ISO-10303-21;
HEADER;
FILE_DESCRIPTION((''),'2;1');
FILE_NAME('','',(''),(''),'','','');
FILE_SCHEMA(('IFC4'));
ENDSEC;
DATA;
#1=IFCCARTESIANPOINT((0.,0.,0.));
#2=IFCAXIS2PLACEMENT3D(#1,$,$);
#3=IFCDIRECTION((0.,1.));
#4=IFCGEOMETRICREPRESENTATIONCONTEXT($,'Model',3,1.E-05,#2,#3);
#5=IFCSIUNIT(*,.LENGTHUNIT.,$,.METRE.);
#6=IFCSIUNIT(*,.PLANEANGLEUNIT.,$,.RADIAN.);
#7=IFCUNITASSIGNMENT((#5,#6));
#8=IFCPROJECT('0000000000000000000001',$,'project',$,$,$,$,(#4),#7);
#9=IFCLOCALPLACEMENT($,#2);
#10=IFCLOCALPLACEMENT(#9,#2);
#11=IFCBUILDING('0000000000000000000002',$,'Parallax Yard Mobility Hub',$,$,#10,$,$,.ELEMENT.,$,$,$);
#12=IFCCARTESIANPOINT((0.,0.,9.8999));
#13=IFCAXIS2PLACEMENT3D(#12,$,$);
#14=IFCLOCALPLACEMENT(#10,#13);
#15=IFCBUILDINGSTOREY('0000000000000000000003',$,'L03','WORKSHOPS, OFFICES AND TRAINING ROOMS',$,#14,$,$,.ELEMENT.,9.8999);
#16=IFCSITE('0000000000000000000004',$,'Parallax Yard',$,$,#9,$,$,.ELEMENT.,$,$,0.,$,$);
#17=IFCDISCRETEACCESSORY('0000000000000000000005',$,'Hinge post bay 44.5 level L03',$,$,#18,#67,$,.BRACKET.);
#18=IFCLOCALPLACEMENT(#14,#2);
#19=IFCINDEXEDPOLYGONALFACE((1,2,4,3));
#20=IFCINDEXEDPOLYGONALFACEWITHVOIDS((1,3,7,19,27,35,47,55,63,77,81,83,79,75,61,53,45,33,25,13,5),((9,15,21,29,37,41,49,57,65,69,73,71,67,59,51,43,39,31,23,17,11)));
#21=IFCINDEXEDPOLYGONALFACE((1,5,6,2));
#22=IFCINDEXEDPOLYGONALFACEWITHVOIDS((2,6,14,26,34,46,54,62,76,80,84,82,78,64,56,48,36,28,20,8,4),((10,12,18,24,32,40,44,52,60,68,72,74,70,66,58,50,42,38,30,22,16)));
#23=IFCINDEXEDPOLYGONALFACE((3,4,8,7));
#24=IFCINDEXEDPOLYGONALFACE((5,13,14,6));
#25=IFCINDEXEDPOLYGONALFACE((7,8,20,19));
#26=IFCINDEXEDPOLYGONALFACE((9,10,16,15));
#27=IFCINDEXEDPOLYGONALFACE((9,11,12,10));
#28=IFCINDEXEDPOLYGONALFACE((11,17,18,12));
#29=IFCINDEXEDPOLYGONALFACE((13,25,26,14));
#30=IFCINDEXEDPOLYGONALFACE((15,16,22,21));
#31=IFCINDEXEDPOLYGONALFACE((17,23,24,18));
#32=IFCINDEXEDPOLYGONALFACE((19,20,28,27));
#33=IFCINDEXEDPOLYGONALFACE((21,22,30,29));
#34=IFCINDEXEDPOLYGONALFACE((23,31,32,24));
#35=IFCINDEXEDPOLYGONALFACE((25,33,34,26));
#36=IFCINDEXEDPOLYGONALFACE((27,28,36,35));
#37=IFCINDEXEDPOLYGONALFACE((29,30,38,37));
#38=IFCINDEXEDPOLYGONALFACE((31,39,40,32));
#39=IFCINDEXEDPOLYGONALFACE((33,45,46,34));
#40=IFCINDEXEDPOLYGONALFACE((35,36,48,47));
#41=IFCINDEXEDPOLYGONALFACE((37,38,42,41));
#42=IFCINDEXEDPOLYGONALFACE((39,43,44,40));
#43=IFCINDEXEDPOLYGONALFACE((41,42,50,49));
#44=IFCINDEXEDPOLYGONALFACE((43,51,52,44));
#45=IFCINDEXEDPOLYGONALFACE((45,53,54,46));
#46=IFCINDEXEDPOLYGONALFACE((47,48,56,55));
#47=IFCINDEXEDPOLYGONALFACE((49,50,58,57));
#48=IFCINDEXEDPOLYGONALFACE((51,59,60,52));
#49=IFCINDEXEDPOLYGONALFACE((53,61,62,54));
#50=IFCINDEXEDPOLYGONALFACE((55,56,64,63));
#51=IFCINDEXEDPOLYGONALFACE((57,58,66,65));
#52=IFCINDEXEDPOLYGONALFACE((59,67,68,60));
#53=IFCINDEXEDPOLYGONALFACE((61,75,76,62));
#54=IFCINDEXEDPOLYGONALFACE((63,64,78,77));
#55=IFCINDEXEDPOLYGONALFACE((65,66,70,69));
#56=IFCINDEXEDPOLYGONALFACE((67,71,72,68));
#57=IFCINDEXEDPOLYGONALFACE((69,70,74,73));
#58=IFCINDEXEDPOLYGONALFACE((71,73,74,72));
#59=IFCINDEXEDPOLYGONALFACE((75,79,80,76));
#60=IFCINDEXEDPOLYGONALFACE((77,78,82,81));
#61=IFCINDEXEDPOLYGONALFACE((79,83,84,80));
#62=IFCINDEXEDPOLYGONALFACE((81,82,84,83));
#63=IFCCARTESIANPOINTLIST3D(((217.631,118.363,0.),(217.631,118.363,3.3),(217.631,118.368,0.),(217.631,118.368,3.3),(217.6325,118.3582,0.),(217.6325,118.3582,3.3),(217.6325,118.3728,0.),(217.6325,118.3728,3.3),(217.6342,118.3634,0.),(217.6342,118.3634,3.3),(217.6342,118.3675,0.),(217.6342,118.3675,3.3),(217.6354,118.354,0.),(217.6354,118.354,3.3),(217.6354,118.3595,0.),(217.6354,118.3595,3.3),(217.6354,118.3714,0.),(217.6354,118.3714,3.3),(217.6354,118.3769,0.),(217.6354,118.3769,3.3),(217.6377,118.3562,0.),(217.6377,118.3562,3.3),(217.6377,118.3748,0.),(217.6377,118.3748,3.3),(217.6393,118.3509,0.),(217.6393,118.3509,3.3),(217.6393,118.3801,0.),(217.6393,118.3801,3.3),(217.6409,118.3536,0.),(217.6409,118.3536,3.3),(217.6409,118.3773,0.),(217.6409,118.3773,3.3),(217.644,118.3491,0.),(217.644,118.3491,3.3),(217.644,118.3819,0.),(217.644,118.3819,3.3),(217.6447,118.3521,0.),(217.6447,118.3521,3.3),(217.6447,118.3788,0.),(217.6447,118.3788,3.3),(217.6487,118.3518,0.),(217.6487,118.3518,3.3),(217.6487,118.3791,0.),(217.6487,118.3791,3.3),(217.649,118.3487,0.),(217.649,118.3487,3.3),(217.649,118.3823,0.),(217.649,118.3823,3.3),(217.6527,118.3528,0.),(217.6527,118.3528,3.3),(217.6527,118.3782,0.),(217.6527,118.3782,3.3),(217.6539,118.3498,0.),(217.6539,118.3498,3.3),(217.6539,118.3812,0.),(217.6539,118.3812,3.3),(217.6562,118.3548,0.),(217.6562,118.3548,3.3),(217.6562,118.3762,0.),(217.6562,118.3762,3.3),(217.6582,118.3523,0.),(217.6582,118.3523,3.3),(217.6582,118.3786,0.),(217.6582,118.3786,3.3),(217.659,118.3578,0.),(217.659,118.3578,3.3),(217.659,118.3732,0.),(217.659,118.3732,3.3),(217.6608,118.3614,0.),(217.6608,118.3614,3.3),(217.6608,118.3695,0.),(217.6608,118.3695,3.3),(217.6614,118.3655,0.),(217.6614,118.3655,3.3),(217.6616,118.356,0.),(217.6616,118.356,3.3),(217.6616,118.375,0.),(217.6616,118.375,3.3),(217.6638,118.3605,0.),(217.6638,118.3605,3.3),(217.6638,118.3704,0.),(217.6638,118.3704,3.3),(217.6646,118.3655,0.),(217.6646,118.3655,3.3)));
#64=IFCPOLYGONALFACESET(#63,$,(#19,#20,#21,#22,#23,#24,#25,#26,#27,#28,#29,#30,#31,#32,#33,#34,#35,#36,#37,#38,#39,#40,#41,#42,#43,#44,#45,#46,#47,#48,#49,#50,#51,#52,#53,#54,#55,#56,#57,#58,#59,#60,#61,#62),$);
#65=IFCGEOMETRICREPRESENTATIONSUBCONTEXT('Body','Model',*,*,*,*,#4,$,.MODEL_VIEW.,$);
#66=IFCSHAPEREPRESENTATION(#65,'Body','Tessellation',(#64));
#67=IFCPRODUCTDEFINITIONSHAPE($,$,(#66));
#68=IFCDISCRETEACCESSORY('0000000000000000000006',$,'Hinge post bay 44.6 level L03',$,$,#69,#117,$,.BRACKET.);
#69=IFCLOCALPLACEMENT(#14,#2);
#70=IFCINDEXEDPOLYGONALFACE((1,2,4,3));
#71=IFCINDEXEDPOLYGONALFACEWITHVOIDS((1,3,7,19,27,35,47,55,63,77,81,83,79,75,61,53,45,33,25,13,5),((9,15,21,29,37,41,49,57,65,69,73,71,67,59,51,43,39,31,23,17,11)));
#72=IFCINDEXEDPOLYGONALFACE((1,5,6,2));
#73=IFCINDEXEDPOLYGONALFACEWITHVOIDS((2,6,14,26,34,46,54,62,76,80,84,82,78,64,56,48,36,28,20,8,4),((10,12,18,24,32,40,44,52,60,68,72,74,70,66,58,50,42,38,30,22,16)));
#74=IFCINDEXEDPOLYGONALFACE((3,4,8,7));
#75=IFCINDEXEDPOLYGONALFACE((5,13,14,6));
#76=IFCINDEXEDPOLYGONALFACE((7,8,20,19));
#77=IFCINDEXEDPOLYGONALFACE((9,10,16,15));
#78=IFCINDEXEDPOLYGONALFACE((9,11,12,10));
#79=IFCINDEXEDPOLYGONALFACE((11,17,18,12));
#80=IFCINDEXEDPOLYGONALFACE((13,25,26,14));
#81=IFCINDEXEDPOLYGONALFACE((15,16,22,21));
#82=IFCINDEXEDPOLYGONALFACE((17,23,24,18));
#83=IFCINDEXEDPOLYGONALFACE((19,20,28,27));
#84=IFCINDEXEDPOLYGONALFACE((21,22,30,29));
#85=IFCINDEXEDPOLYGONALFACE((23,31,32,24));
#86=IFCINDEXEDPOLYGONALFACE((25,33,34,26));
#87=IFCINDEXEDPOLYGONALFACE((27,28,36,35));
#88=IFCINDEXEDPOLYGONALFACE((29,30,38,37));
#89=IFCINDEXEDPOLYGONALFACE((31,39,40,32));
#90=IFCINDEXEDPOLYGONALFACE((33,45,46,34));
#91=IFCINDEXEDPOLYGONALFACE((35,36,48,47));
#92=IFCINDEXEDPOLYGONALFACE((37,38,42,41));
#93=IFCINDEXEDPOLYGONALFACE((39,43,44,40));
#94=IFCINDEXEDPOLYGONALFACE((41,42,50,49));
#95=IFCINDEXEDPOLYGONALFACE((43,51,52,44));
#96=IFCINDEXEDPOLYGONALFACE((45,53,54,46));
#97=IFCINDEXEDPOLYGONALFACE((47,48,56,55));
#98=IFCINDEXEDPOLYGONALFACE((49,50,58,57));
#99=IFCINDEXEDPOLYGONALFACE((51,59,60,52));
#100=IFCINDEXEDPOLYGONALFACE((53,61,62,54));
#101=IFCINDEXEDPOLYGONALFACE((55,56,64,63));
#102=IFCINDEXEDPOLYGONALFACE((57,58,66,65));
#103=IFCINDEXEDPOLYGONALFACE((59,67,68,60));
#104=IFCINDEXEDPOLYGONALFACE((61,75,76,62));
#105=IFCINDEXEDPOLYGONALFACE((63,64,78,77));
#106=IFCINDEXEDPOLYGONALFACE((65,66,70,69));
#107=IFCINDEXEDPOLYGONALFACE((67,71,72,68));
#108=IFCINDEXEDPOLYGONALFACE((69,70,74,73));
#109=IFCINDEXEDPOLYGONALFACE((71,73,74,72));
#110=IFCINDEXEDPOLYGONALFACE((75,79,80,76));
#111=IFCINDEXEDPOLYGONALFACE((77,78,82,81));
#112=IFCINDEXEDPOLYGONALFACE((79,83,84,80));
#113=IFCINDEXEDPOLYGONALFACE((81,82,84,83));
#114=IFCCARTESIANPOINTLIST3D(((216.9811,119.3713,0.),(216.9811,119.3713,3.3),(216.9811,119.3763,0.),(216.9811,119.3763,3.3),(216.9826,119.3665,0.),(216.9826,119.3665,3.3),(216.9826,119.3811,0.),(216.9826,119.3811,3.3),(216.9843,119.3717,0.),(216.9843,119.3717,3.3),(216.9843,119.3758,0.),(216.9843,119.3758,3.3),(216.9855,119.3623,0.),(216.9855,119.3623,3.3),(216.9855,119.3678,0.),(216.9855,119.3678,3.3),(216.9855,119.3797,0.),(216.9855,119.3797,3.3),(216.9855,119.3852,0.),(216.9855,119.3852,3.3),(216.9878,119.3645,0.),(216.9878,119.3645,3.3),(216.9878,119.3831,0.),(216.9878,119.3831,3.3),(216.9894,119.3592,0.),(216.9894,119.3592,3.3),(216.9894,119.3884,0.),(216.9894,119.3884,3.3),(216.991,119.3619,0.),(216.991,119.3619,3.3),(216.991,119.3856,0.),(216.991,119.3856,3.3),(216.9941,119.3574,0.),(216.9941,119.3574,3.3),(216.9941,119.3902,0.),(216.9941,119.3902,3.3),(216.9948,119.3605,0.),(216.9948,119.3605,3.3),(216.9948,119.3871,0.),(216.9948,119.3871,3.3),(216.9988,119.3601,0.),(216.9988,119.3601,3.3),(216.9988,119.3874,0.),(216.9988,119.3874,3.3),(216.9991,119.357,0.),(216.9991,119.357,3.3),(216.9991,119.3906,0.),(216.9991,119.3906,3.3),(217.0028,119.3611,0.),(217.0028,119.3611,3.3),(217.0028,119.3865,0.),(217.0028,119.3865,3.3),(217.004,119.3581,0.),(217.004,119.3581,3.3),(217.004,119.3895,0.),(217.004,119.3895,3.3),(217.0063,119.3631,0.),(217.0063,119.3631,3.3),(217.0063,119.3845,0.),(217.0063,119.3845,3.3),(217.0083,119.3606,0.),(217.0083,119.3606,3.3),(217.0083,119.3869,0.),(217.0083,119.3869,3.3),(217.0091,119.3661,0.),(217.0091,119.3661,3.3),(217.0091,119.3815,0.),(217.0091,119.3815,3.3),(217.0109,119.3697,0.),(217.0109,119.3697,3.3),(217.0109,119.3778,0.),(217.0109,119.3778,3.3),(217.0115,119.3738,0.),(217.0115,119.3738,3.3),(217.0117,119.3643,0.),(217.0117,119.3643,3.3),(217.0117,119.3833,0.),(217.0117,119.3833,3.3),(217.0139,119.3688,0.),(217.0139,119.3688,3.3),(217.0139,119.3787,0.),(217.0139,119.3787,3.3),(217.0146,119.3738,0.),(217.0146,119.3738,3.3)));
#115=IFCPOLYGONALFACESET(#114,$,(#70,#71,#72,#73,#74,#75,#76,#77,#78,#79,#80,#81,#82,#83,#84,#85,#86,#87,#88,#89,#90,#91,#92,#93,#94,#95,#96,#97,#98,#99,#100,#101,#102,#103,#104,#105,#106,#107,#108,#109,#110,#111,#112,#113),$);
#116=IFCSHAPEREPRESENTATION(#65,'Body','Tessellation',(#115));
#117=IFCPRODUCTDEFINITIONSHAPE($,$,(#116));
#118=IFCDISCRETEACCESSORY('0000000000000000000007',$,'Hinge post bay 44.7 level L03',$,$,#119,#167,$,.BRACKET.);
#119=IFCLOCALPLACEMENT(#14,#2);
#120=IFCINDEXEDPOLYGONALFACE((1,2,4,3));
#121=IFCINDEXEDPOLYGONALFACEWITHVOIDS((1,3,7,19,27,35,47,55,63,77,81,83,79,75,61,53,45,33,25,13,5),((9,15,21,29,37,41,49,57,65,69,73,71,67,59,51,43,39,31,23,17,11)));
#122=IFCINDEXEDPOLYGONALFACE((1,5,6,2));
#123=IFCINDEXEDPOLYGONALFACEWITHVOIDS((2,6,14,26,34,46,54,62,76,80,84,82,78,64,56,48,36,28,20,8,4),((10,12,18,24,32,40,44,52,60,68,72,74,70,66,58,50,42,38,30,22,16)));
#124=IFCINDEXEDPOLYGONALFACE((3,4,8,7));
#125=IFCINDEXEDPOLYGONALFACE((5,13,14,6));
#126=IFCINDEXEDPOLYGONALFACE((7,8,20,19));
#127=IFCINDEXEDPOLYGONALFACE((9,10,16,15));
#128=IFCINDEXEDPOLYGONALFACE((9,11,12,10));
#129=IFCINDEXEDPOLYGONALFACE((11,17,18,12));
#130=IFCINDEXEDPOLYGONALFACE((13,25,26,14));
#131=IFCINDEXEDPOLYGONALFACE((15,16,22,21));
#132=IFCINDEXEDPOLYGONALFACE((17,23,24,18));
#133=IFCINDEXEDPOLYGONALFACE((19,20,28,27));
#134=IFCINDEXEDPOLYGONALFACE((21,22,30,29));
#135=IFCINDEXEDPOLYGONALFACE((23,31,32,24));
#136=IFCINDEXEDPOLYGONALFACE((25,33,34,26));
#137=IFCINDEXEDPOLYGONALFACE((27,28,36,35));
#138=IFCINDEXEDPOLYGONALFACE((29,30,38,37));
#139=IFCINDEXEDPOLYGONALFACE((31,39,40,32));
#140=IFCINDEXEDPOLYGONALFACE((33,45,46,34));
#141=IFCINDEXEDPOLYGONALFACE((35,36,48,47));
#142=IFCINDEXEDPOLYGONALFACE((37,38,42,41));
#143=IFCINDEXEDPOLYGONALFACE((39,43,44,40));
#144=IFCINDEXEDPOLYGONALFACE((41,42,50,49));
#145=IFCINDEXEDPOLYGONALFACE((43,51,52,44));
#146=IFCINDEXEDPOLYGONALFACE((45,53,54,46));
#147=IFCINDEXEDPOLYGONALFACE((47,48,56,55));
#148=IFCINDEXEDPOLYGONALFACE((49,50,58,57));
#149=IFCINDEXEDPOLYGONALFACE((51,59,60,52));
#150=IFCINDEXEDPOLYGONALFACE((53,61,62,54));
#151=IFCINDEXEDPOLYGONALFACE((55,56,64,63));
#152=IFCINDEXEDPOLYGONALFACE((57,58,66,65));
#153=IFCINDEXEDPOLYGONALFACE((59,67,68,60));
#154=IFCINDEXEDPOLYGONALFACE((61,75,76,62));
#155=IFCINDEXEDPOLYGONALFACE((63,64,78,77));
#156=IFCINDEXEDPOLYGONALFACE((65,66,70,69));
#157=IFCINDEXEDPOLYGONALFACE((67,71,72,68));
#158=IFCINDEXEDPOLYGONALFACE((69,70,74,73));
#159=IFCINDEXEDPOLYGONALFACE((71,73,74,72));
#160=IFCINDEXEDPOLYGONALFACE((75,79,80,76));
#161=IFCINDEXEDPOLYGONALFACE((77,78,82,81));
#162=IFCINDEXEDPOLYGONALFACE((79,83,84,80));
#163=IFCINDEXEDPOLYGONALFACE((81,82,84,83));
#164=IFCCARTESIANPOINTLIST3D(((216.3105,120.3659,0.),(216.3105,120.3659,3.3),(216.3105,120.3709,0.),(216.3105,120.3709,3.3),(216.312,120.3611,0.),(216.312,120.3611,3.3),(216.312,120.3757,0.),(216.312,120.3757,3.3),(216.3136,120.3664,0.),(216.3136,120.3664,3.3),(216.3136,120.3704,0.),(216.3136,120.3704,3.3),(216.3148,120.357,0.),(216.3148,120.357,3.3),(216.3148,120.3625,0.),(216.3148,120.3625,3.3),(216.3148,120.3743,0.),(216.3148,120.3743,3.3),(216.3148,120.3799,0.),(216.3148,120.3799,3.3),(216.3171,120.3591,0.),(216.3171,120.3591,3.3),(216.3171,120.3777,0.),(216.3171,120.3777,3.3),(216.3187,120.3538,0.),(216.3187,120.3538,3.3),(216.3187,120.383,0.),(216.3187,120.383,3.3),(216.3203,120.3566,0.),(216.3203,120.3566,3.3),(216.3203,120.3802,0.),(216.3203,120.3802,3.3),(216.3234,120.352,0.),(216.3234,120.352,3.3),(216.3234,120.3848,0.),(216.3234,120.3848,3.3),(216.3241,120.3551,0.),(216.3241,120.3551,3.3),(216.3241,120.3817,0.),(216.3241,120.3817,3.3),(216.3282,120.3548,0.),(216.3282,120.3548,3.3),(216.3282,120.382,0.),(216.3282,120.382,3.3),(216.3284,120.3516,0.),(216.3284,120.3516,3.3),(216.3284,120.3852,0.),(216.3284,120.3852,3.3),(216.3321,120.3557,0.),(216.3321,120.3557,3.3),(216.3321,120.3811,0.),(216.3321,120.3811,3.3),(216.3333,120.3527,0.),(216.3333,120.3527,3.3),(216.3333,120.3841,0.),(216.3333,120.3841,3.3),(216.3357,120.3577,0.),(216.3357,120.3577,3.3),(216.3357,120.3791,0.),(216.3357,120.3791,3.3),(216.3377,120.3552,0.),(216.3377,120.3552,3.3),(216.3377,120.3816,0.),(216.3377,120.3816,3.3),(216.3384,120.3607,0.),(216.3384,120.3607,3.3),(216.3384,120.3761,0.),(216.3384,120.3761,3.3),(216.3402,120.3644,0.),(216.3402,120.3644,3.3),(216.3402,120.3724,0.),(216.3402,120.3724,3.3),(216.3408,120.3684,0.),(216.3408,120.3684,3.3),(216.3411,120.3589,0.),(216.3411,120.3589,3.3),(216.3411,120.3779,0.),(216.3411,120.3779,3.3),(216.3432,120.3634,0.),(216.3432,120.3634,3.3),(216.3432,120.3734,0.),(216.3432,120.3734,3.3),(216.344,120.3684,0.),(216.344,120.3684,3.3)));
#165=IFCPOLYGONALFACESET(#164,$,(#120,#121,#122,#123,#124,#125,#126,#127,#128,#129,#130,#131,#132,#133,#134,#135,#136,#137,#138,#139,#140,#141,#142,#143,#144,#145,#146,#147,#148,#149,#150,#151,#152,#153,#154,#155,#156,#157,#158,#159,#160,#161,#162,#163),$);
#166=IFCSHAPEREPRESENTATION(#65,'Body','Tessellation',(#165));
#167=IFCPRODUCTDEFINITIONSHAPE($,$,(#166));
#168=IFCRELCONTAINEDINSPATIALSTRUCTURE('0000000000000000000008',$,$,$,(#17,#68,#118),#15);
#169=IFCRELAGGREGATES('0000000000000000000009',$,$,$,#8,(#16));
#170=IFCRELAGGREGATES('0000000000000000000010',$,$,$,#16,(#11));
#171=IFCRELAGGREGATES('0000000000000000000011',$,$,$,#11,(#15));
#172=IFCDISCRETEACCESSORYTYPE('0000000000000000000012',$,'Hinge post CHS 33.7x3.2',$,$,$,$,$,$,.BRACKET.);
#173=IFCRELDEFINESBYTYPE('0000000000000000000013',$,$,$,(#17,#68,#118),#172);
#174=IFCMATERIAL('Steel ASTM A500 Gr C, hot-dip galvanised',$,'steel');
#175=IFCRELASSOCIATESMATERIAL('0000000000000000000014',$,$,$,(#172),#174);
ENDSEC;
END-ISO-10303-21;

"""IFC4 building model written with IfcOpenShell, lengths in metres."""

from ifc_helpers import new_model, si_unit, direction, frame, origin, origin_2d, place, context, subcontext, project, spatial, hollow_circle, extrude, material, material_profile, profile_set, type_object, element, save


model = new_model("IFC4")

# Units and contexts
model_context = context("Model", 3, precision=1e-05, world=origin(), true_north=direction((0.0, 1.0)))
body_context = subcontext(model_context, "Body", "Model", "MODEL_VIEW")
ifc_project = project(units=[si_unit("LENGTHUNIT", "METRE"), si_unit("PLANEANGLEUNIT", "RADIAN")], contexts=[model_context])

# Site, building, storey
site_placement = place(None, origin())
site = spatial("IfcSite", under=ifc_project, at=site_placement, Name="Parallax Yard", CompositionType="ELEMENT", RefElevation=0.0)
building_placement = place(site_placement, origin())
building = spatial("IfcBuilding", under=site, at=building_placement, Name="Parallax Yard Mobility Hub", CompositionType="ELEMENT")
storey_placement = place(building_placement, frame((0.0, 0.0, 9.8999)))
storey = spatial("IfcBuildingStorey", under=building, at=storey_placement, Name="L03", Description="WORKSHOPS, OFFICES AND TRAINING ROOMS", CompositionType="ELEMENT", Elevation=9.8999)

# Discrete accessories
ifc_material_1 = material(Name="Steel ASTM A500 Gr C, hot-dip galvanised", Category="steel")
ifc_material_profile_1 = material_profile(ifc_material_1, hollow_circle(Radius=0.0168, WallThickness=0.0032, at=origin_2d()), Name="CHS 33.7x3.2")
ifc_profile_set_1 = profile_set([ifc_material_profile_1], Name="Steel ASTM A500 Gr C, hot-dip galvanised")
discrete_accessory_type_1 = type_object("IfcDiscreteAccessoryType", Name="Hinge post CHS 33.7x3.2", PredefinedType="BRACKET", material=ifc_profile_set_1)
for number, where, z_axis, x_axis, name in (
    (1, (217.6477, 118.3655, 0.0), (0.0, 0.0, 1.0), (1.0, 0.0, 0.0), "Hinge post bay 44.5 level L03"),
    (2, (216.9978, 119.3738, 0.0), (0.0, 0.0, 1.0), (1.0, 0.0, 0.0), "Hinge post bay 44.6 level L03"),
    (3, (216.3271, 120.3684, 0.0), (0.0, 0.0, 1.0), (1.0, 0.0, 0.0), "Hinge post bay 44.7 level L03"),
):
    element("IfcDiscreteAccessory", number, at=place(storey_placement, frame(where, z_axis=z_axis, x_axis=x_axis)), inside=storey, type_object=discrete_accessory_type_1, Name=name, PredefinedType="BRACKET", context=body_context, shape_type="SweptSolid", body=[
        extrude(hollow_circle(Radius=0.0168, WallThickness=0.0032, at=origin_2d()), origin(), (0.0, 0.0, 1.0), 3.3),
    ])

save(model, "model.ifc")
